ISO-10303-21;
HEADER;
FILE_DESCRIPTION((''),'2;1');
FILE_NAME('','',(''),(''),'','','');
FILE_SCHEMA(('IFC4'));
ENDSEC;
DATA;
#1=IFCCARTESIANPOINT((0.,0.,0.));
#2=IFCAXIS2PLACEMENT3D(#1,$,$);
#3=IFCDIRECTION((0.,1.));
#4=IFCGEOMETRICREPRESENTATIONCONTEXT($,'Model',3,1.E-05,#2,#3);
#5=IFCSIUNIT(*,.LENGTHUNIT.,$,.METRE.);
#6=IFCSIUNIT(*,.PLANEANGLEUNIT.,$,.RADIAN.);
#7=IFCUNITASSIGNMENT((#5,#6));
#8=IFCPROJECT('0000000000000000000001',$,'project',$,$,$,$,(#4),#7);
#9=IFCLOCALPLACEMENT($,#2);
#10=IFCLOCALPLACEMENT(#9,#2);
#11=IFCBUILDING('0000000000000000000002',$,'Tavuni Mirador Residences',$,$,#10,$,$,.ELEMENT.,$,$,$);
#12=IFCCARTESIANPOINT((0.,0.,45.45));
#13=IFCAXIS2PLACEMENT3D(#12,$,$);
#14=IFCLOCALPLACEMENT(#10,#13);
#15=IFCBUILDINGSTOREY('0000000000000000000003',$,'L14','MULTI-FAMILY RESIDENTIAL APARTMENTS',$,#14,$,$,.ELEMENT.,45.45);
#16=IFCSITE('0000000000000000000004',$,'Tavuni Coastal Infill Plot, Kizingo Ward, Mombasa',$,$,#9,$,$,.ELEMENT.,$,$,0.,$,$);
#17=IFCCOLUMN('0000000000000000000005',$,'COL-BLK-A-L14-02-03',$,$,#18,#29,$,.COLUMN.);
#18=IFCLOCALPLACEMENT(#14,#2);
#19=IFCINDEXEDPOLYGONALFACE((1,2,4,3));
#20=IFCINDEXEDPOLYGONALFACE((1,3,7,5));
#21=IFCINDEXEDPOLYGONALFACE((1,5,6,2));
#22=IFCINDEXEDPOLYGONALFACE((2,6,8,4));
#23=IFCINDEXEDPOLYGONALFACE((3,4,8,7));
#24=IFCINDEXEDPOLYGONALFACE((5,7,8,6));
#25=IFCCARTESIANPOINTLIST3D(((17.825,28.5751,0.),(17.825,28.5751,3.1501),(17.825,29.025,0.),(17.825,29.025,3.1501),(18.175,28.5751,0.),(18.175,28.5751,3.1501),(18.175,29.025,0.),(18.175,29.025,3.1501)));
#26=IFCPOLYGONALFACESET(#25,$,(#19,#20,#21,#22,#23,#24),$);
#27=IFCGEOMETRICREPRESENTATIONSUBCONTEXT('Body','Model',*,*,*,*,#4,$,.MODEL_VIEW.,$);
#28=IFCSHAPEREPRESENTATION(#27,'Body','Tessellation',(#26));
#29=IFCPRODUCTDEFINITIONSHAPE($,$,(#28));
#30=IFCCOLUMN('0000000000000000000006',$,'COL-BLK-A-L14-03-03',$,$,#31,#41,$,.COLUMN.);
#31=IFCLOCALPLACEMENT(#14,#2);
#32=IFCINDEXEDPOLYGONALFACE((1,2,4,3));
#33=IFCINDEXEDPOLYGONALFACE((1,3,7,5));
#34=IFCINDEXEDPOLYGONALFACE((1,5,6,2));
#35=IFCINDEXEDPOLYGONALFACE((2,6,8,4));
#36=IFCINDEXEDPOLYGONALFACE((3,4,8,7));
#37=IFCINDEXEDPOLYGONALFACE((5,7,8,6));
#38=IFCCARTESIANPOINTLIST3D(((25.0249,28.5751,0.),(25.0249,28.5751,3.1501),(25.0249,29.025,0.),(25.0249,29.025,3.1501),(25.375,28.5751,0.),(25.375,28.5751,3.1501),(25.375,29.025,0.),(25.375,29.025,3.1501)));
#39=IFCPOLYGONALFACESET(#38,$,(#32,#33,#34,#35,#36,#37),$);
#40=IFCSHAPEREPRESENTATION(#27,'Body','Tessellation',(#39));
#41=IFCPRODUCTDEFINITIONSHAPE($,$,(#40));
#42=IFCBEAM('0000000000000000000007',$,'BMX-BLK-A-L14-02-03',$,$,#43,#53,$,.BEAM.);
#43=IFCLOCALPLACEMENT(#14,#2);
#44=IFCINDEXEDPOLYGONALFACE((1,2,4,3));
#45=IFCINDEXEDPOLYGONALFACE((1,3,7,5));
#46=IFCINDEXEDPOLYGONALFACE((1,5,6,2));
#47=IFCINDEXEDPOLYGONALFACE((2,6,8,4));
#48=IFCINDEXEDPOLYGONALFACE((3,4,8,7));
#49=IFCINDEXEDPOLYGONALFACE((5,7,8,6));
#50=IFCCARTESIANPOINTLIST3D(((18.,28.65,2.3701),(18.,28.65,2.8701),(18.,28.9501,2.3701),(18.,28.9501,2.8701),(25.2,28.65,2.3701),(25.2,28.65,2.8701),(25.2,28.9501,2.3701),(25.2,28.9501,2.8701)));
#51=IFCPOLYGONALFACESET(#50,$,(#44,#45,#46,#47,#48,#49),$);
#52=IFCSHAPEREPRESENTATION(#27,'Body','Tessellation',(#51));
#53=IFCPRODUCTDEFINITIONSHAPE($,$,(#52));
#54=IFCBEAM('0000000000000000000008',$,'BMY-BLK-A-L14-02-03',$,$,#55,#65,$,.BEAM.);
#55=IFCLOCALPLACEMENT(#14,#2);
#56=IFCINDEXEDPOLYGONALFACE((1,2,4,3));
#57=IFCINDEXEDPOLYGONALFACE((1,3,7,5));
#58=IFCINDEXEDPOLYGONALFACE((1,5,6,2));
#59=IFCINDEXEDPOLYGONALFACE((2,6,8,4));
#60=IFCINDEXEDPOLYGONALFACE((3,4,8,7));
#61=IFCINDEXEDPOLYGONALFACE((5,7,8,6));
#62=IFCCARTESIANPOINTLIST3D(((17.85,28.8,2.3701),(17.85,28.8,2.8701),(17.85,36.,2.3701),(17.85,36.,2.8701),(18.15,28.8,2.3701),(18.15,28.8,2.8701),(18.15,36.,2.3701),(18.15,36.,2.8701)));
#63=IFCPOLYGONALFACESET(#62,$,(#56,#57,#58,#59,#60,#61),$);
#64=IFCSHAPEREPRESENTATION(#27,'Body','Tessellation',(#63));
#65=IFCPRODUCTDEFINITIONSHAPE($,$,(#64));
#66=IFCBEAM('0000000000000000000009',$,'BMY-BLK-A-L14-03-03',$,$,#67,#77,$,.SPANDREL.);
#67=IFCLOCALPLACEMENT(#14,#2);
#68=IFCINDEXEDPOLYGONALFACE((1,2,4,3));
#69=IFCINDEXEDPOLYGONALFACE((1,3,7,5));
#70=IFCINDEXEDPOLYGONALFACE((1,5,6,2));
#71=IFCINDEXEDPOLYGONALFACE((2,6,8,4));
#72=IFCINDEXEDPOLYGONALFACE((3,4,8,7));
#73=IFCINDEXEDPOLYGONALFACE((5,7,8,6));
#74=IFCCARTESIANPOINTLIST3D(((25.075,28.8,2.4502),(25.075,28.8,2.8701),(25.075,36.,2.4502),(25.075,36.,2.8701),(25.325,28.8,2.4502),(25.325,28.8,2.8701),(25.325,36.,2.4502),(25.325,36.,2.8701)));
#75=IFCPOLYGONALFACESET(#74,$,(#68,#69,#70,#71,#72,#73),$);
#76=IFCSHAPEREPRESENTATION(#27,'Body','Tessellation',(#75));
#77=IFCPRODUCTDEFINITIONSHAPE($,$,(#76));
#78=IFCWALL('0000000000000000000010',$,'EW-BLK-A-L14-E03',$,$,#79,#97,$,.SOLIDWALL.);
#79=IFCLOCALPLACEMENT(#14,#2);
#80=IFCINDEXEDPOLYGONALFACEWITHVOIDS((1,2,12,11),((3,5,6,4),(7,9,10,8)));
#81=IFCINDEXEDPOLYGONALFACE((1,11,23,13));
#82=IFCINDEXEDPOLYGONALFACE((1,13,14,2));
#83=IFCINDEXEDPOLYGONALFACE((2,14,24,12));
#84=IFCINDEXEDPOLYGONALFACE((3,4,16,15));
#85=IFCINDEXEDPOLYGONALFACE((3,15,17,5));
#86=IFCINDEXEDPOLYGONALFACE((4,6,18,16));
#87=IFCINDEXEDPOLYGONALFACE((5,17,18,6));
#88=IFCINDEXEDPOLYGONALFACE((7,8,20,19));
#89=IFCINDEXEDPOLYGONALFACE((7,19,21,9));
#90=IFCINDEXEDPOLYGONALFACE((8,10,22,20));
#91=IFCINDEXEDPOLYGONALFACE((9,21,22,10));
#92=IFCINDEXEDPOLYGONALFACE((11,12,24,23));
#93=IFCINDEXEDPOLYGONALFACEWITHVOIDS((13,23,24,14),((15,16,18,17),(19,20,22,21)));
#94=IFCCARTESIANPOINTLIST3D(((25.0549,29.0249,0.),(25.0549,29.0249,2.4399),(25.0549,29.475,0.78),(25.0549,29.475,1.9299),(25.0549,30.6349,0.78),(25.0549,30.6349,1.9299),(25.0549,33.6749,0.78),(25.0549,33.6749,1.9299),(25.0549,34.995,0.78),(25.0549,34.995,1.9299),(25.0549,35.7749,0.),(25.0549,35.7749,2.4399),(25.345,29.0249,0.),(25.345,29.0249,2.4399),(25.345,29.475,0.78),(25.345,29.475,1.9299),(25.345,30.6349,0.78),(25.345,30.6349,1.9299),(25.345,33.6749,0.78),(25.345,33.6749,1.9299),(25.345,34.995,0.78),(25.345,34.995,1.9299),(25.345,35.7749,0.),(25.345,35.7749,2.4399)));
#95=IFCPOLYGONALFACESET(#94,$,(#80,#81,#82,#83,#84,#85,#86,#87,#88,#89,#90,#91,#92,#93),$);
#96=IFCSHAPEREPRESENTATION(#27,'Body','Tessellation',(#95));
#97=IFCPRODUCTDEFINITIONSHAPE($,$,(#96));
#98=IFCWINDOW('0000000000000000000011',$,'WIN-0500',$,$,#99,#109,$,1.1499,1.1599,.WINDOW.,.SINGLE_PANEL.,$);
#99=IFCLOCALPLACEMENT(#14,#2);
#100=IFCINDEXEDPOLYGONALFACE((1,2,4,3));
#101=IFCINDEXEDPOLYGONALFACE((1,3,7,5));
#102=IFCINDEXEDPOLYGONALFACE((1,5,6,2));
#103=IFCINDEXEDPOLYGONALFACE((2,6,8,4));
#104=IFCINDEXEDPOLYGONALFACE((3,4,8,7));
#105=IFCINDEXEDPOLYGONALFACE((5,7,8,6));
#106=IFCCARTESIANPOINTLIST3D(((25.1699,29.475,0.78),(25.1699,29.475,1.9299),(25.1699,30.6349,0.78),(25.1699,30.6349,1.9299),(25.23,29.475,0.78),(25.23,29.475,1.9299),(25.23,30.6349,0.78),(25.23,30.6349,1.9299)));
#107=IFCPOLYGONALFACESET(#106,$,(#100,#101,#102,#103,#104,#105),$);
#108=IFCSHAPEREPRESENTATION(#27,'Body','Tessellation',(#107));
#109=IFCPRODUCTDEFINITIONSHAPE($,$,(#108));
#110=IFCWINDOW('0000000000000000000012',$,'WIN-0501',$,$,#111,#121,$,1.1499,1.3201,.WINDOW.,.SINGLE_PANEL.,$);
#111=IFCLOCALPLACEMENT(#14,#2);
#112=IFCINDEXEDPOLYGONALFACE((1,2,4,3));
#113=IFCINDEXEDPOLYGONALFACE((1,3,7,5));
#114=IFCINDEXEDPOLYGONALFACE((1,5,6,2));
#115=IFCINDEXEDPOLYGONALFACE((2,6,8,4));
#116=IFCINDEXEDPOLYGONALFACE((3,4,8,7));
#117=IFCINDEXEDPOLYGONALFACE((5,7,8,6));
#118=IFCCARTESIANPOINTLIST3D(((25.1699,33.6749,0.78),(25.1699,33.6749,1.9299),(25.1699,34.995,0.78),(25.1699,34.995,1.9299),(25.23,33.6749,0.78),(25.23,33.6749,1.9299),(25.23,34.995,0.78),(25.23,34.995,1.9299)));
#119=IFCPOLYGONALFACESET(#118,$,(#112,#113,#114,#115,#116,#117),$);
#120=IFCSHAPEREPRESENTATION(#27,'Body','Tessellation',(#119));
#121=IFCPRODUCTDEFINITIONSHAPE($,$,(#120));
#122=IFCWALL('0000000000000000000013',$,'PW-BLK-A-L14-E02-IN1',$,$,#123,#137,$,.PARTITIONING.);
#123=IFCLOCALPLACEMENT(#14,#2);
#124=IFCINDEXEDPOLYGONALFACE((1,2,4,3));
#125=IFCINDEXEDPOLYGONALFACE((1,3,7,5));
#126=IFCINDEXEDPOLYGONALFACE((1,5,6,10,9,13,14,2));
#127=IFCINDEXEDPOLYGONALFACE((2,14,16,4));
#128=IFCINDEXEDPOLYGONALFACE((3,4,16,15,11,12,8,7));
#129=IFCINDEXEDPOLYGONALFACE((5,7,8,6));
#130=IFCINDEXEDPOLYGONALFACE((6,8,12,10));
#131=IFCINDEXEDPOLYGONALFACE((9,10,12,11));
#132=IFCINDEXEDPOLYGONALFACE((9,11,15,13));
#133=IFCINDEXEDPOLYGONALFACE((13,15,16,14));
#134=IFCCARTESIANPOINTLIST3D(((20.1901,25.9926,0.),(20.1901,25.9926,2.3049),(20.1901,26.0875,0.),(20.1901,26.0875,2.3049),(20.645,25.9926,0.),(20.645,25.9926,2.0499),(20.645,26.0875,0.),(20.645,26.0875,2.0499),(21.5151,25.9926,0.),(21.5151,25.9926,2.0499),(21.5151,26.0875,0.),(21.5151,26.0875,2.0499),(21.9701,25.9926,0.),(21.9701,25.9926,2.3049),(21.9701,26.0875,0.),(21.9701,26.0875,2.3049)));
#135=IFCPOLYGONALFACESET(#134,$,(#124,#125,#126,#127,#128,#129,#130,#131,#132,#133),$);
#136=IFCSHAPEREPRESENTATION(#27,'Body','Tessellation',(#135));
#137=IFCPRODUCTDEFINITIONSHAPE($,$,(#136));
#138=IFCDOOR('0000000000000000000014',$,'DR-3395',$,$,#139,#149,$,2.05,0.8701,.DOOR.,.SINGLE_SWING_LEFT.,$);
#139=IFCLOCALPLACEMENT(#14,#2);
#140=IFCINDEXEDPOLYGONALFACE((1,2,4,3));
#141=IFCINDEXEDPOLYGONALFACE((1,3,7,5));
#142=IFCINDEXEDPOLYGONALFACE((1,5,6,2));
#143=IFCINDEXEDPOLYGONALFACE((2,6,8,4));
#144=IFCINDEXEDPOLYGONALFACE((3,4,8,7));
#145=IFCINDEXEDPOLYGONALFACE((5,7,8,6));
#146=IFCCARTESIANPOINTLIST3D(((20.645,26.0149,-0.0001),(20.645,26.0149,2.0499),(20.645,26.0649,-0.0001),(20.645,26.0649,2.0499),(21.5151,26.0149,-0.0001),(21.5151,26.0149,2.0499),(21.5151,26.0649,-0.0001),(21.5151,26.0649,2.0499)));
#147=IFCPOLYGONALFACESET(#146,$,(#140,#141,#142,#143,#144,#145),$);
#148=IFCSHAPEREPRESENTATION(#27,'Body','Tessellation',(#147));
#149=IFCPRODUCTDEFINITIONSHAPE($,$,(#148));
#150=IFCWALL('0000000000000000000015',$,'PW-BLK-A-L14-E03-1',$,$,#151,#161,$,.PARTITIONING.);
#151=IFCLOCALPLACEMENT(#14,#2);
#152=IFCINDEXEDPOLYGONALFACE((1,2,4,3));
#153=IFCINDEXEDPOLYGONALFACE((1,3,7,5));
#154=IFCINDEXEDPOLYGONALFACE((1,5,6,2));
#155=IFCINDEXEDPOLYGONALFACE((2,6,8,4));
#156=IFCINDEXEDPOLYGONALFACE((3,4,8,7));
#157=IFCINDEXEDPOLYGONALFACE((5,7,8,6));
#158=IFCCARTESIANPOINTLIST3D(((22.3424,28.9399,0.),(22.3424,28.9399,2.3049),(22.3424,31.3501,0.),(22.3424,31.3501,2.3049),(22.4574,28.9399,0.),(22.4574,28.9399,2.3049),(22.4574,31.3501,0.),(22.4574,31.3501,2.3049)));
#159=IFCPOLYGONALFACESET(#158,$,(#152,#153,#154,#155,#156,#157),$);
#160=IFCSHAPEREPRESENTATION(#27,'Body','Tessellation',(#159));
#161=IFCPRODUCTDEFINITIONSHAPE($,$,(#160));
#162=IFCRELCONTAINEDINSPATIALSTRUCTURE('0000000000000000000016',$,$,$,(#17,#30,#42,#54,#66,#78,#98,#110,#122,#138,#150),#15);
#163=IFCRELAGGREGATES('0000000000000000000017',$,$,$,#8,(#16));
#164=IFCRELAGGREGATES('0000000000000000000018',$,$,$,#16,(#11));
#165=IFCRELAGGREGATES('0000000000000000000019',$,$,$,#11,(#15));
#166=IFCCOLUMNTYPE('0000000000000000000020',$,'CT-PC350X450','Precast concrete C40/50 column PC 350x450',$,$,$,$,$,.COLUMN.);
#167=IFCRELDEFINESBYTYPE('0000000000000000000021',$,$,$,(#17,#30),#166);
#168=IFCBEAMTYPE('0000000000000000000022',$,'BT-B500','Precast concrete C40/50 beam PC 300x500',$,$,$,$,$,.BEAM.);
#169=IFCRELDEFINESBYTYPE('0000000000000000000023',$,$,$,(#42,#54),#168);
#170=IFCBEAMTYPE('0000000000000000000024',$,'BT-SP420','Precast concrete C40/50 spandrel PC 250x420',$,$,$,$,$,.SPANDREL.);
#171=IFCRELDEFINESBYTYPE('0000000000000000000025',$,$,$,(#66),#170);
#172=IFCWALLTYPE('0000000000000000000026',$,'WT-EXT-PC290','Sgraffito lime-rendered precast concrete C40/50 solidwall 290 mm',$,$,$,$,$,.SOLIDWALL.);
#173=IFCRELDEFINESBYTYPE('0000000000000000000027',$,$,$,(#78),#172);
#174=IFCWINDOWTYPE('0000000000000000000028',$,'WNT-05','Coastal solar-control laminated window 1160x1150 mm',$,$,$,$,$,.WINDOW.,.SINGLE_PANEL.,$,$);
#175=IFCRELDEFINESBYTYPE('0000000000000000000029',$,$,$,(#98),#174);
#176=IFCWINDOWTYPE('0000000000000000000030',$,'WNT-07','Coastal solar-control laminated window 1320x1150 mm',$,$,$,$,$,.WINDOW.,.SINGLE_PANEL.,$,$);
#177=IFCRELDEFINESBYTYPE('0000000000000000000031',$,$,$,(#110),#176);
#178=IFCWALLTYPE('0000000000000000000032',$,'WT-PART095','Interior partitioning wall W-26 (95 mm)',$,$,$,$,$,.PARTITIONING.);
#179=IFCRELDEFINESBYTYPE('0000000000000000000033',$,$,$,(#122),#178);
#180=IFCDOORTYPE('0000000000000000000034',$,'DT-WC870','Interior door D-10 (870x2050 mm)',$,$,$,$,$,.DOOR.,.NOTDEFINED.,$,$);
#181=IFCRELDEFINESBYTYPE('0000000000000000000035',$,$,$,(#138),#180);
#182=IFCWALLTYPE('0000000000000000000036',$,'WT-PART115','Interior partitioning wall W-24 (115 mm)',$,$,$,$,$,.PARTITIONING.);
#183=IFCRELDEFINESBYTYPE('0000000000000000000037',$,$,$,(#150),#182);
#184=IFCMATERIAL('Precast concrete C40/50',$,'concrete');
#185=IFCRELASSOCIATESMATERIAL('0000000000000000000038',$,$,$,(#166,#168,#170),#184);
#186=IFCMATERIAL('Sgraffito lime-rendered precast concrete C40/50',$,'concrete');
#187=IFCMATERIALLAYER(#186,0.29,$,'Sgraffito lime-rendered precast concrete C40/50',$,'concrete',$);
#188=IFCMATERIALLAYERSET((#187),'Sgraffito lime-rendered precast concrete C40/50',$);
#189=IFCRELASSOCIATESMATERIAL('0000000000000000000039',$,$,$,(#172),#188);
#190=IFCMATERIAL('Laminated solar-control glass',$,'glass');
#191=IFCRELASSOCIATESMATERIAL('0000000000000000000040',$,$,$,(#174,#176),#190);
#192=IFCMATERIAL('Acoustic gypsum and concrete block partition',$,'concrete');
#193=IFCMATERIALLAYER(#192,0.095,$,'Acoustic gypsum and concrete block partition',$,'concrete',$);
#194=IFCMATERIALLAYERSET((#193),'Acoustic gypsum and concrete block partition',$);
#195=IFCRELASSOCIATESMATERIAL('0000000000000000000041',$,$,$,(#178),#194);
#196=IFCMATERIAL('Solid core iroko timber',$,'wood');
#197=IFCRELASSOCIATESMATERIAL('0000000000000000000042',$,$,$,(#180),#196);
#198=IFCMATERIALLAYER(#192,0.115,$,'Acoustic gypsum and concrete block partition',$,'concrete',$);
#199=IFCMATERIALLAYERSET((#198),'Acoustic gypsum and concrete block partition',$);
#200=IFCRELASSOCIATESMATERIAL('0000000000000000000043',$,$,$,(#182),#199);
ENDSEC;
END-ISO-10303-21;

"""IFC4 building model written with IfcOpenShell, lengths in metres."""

from ifc_helpers import new_model, si_unit, direction, frame, frame_2d, origin, origin_2d, place, context, subcontext, project, spatial, rectangle, extrude, material, layer, layer_set, material_profile, profile_set, type_object, element, fill, save


model = new_model("IFC4")

# Units and contexts
model_context = context("Model", 3, precision=1e-05, world=origin(), true_north=direction((0.0, 1.0)))
body_context = subcontext(model_context, "Body", "Model", "MODEL_VIEW")
ifc_project = project(units=[si_unit("LENGTHUNIT", "METRE"), si_unit("PLANEANGLEUNIT", "RADIAN")], contexts=[model_context])

# Site, building, storey
site_placement = place(None, origin())
site = spatial("IfcSite", under=ifc_project, at=site_placement, Name="Tavuni Coastal Infill Plot, Kizingo Ward, Mombasa", CompositionType="ELEMENT", RefElevation=0.0)
building_placement = place(site_placement, origin())
building = spatial("IfcBuilding", under=site, at=building_placement, Name="Tavuni Mirador Residences", CompositionType="ELEMENT")
storey_placement = place(building_placement, frame((0.0, 0.0, 45.45)))
storey = spatial("IfcBuildingStorey", under=building, at=storey_placement, Name="L14", Description="MULTI-FAMILY RESIDENTIAL APARTMENTS", CompositionType="ELEMENT", Elevation=45.45)

# Columns
ifc_material_1 = material(Name="Precast concrete C40/50", Category="concrete")
ifc_material_profile_1 = material_profile(ifc_material_1, rectangle(XDim=0.3501, YDim=0.45, at=origin_2d()), Name="PC 350x450", Category="concrete")
ifc_profile_set_1 = profile_set([ifc_material_profile_1], Name="Precast concrete C40/50")
column_type = type_object("IfcColumnType", Name="CT-PC350X450", Description="Precast concrete C40/50 column PC 350x450", PredefinedType="COLUMN", material=ifc_profile_set_1)
for number, where, z_axis, x_axis, name in (
    (1, (18.0, 28.8, 0.0), (0.0, 0.0, 1.0), (1.0, 0.0, 0.0), "COL-BLK-A-L14-02-03"),
    (2, (25.2, 28.8, 0.0), (0.0, 0.0, 1.0), (1.0, 0.0, 0.0), "COL-BLK-A-L14-03-03"),
):
    element("IfcColumn", number, at=place(storey_placement, frame(where, z_axis=z_axis, x_axis=x_axis)), inside=storey, type_object=column_type, Name=name, PredefinedType="COLUMN", context=body_context, shape_type="SweptSolid", body=[
        extrude(rectangle(XDim=0.3501, YDim=0.45, at=origin_2d()), origin(), (0.0, 0.0, 1.0), 3.1501),
    ])

# Beams
ifc_material_profile_2 = material_profile(ifc_material_1, rectangle(XDim=0.3, YDim=0.5, at=origin_2d()), Name="PC 300x500", Category="concrete")
ifc_profile_set_2 = profile_set([ifc_material_profile_2], Name="Precast concrete C40/50")
beam_type_1 = type_object("IfcBeamType", Name="BT-B500", Description="Precast concrete C40/50 beam PC 300x500", PredefinedType="BEAM", material=ifc_profile_set_2)
for number, where, z_axis, x_axis, name in (
    (3, (18.0, 28.8, 2.6201), (1.0, 0.0, 0.0), (0.0, 1.0, 0.0), "BMX-BLK-A-L14-02-03"),
    (4, (18.0, 28.8, 2.6201), (0.0, 1.0, 0.0), (-1.0, 0.0, 0.0), "BMY-BLK-A-L14-02-03"),
):
    element("IfcBeam", number, at=place(storey_placement, frame(where, z_axis=z_axis, x_axis=x_axis)), inside=storey, type_object=beam_type_1, Name=name, PredefinedType="BEAM", context=body_context, shape_type="SweptSolid", body=[
        extrude(rectangle(XDim=0.3, YDim=0.5, at=origin_2d()), origin(), (0.0, 0.0, 1.0), 7.2),
    ])
ifc_material_profile_3 = material_profile(ifc_material_1, rectangle(XDim=0.25, YDim=0.4199, at=origin_2d()), Name="PC 250x420", Category="concrete")
ifc_profile_set_3 = profile_set([ifc_material_profile_3], Name="Precast concrete C40/50")
beam_type_2 = type_object("IfcBeamType", Name="BT-SP420", Description="Precast concrete C40/50 spandrel PC 250x420", PredefinedType="SPANDREL", material=ifc_profile_set_3)
beam_placement = place(storey_placement, frame((25.2, 28.8, 2.6602), z_axis=(0.0, 1.0, 0.0), x_axis=(-1.0, 0.0, 0.0)))
element("IfcBeam", 5, at=beam_placement, inside=storey, type_object=beam_type_2, Name="BMY-BLK-A-L14-03-03", PredefinedType="SPANDREL", context=body_context, shape_type="SweptSolid", body=[
    extrude(rectangle(XDim=0.25, YDim=0.4199, at=origin_2d()), origin(), (0.0, 0.0, 1.0), 7.2),
])

# Shared definitions
ifc_material_2 = material(Name="Solid core iroko timber", Category="wood")

# Wall, openings, windows
ifc_material_3 = material(Name="Sgraffito lime-rendered precast concrete C40/50", Category="concrete")
ifc_layer_1 = layer(ifc_material_3, 0.29, Name="Sgraffito lime-rendered precast concrete C40/50", Category="concrete")
ifc_layer_set_1 = layer_set([ifc_layer_1], Name="Sgraffito lime-rendered precast concrete C40/50")
wall_type_1 = type_object("IfcWallType", Name="WT-EXT-PC290", Description="Sgraffito lime-rendered precast concrete C40/50 solidwall 290 mm", PredefinedType="SOLIDWALL", material=ifc_layer_set_1)
wall_1_placement = place(storey_placement, frame((25.2, 29.0249, 0.0), z_axis=(0.0, 0.0, 1.0), x_axis=(0.0, 1.0, 0.0)))
wall_1 = element("IfcWall", 6, at=wall_1_placement, inside=storey, type_object=wall_type_1, Name="EW-BLK-A-L14-E03", PredefinedType="SOLIDWALL", context=body_context, shape_type="SweptSolid", body=[
    extrude(rectangle(XDim=6.75, YDim=0.29, at=frame_2d((3.375, 0.0))), origin(), (0.0, 0.0, 1.0), 2.4399),
])
opening_1_placement = place(wall_1_placement, frame((0.45, 0.0, 0.78)))
opening_1 = element("IfcOpeningElement", 7, at=opening_1_placement, cuts=wall_1, PredefinedType="OPENING", context=body_context, shape_type="SweptSolid", body=[
    extrude(rectangle(XDim=1.1599, YDim=1.1499, at=frame_2d((0.5801, 0.575))), frame((0.0, 0.155, 0.0), z_axis=(0.0, -1.0, 0.0), x_axis=(1.0, 0.0, 0.0)), (0.0, 0.0, 1.0), 0.3101),
])
opening_2_placement = place(wall_1_placement, frame((4.6499, 0.0, 0.78)))
opening_2 = element("IfcOpeningElement", 8, at=opening_2_placement, cuts=wall_1, PredefinedType="OPENING", context=body_context, shape_type="SweptSolid", body=[
    extrude(rectangle(XDim=1.3201, YDim=1.1499, at=frame_2d((0.6602, 0.575))), frame((0.0, 0.155, 0.0), z_axis=(0.0, -1.0, 0.0), x_axis=(1.0, 0.0, 0.0)), (0.0, 0.0, 1.0), 0.3101),
])
ifc_material_4 = material(Name="Laminated solar-control glass", Category="glass")
window_type_1 = type_object("IfcWindowType", Name="WNT-05", Description="Coastal solar-control laminated window 1160x1150 mm", PartitioningType="SINGLE_PANEL", PredefinedType="WINDOW", material=ifc_material_4)
window_1_placement = place(opening_1_placement, origin())
window_1 = element("IfcWindow", 9, at=window_1_placement, inside=storey, type_object=window_type_1, Name="WIN-0500", OverallHeight=1.1499, OverallWidth=1.1599, PartitioningType="SINGLE_PANEL", PredefinedType="WINDOW", context=body_context, shape_type="SweptSolid", body=[
    extrude(rectangle(XDim=1.1599, YDim=1.1499, at=frame_2d((0.5801, 0.575))), frame((0.0, 0.03, 0.0), z_axis=(0.0, -1.0, 0.0), x_axis=(1.0, 0.0, 0.0)), (0.0, 0.0, 1.0), 0.0601),
])
fill(opening_1, window_1)
window_type_2 = type_object("IfcWindowType", Name="WNT-07", Description="Coastal solar-control laminated window 1320x1150 mm", PartitioningType="SINGLE_PANEL", PredefinedType="WINDOW", material=ifc_material_4)
window_2_placement = place(opening_2_placement, origin())
window_2 = element("IfcWindow", 10, at=window_2_placement, inside=storey, type_object=window_type_2, Name="WIN-0501", OverallHeight=1.1499, OverallWidth=1.3201, PartitioningType="SINGLE_PANEL", PredefinedType="WINDOW", context=body_context, shape_type="SweptSolid", body=[
    extrude(rectangle(XDim=1.3201, YDim=1.1499, at=frame_2d((0.6602, 0.575))), frame((0.0, 0.03, 0.0), z_axis=(0.0, -1.0, 0.0), x_axis=(1.0, 0.0, 0.0)), (0.0, 0.0, 1.0), 0.0601),
])
fill(opening_2, window_2)

# Wall, opening, door
ifc_material_5 = material(Name="Acoustic gypsum and concrete block partition", Category="concrete")
ifc_layer_2 = layer(ifc_material_5, 0.095, Name="Acoustic gypsum and concrete block partition", Category="concrete")
ifc_layer_set_2 = layer_set([ifc_layer_2], Name="Acoustic gypsum and concrete block partition")
wall_type_2 = type_object("IfcWallType", Name="WT-PART095", Description="Interior partitioning wall W-26 (95 mm)", PredefinedType="PARTITIONING", material=ifc_layer_set_2)
wall_2_placement = place(storey_placement, frame((20.1899, 26.04, 0.0), z_axis=(0.0, 0.0, 1.0), x_axis=(1.0, 0.0, 0.0)))
wall_2 = element("IfcWall", 11, at=wall_2_placement, inside=storey, type_object=wall_type_2, Name="PW-BLK-A-L14-E02-IN1", PredefinedType="PARTITIONING", context=body_context, shape_type="SweptSolid", body=[
    extrude(rectangle(XDim=1.78, YDim=0.095, at=frame_2d((0.8901, 0.0))), origin(), (0.0, 0.0, 1.0), 2.3049),
])
opening_3_placement = place(wall_2_placement, frame((0.4551, 0.0, 0.0)))
opening_3 = element("IfcOpeningElement", 12, at=opening_3_placement, cuts=wall_2, PredefinedType="OPENING", context=body_context, shape_type="SweptSolid", body=[
    extrude(rectangle(XDim=0.8701, YDim=2.05, at=frame_2d((0.4351, 1.0249))), frame((0.0, 0.0576, 0.0), z_axis=(0.0, -1.0, 0.0), x_axis=(1.0, 0.0, 0.0)), (0.0, 0.0, 1.0), 0.115),
])
door_type_1 = type_object("IfcDoorType", Name="DT-WC870", Description="Interior door D-10 (870x2050 mm)", OperationType="NOTDEFINED", PredefinedType="DOOR", material=ifc_material_2)
door_1_placement = place(opening_3_placement, origin())
door_1 = element("IfcDoor", 13, at=door_1_placement, inside=storey, type_object=door_type_1, Name="DR-3395", OperationType="SINGLE_SWING_LEFT", OverallHeight=2.05, OverallWidth=0.8701, PredefinedType="DOOR", context=body_context, shape_type="SweptSolid", body=[
    extrude(rectangle(XDim=0.8701, YDim=2.05, at=frame_2d((0.4351, 1.0249))), frame((0.0, 0.0249, 0.0), z_axis=(0.0, -1.0, 0.0), x_axis=(1.0, 0.0, 0.0)), (0.0, 0.0, 1.0), 0.05),
])
fill(opening_3, door_1)

# Wall
ifc_layer_3 = layer(ifc_material_5, 0.115, Name="Acoustic gypsum and concrete block partition", Category="concrete")
ifc_layer_set_3 = layer_set([ifc_layer_3], Name="Acoustic gypsum and concrete block partition")
wall_type_3 = type_object("IfcWallType", Name="WT-PART115", Description="Interior partitioning wall W-24 (115 mm)", PredefinedType="PARTITIONING", material=ifc_layer_set_3)
wall_3_placement = place(storey_placement, frame((22.3999, 28.9399, 0.0), z_axis=(0.0, 0.0, 1.0), x_axis=(0.0, 1.0, 0.0)))
element("IfcWall", 14, at=wall_3_placement, inside=storey, type_object=wall_type_3, Name="PW-BLK-A-L14-E03-1", PredefinedType="PARTITIONING", context=body_context, shape_type="SweptSolid", body=[
    extrude(rectangle(XDim=2.4102, YDim=0.115, at=frame_2d((1.2051, 0.0))), origin(), (0.0, 0.0, 1.0), 2.3049),
])

save(model, "model.ifc")
